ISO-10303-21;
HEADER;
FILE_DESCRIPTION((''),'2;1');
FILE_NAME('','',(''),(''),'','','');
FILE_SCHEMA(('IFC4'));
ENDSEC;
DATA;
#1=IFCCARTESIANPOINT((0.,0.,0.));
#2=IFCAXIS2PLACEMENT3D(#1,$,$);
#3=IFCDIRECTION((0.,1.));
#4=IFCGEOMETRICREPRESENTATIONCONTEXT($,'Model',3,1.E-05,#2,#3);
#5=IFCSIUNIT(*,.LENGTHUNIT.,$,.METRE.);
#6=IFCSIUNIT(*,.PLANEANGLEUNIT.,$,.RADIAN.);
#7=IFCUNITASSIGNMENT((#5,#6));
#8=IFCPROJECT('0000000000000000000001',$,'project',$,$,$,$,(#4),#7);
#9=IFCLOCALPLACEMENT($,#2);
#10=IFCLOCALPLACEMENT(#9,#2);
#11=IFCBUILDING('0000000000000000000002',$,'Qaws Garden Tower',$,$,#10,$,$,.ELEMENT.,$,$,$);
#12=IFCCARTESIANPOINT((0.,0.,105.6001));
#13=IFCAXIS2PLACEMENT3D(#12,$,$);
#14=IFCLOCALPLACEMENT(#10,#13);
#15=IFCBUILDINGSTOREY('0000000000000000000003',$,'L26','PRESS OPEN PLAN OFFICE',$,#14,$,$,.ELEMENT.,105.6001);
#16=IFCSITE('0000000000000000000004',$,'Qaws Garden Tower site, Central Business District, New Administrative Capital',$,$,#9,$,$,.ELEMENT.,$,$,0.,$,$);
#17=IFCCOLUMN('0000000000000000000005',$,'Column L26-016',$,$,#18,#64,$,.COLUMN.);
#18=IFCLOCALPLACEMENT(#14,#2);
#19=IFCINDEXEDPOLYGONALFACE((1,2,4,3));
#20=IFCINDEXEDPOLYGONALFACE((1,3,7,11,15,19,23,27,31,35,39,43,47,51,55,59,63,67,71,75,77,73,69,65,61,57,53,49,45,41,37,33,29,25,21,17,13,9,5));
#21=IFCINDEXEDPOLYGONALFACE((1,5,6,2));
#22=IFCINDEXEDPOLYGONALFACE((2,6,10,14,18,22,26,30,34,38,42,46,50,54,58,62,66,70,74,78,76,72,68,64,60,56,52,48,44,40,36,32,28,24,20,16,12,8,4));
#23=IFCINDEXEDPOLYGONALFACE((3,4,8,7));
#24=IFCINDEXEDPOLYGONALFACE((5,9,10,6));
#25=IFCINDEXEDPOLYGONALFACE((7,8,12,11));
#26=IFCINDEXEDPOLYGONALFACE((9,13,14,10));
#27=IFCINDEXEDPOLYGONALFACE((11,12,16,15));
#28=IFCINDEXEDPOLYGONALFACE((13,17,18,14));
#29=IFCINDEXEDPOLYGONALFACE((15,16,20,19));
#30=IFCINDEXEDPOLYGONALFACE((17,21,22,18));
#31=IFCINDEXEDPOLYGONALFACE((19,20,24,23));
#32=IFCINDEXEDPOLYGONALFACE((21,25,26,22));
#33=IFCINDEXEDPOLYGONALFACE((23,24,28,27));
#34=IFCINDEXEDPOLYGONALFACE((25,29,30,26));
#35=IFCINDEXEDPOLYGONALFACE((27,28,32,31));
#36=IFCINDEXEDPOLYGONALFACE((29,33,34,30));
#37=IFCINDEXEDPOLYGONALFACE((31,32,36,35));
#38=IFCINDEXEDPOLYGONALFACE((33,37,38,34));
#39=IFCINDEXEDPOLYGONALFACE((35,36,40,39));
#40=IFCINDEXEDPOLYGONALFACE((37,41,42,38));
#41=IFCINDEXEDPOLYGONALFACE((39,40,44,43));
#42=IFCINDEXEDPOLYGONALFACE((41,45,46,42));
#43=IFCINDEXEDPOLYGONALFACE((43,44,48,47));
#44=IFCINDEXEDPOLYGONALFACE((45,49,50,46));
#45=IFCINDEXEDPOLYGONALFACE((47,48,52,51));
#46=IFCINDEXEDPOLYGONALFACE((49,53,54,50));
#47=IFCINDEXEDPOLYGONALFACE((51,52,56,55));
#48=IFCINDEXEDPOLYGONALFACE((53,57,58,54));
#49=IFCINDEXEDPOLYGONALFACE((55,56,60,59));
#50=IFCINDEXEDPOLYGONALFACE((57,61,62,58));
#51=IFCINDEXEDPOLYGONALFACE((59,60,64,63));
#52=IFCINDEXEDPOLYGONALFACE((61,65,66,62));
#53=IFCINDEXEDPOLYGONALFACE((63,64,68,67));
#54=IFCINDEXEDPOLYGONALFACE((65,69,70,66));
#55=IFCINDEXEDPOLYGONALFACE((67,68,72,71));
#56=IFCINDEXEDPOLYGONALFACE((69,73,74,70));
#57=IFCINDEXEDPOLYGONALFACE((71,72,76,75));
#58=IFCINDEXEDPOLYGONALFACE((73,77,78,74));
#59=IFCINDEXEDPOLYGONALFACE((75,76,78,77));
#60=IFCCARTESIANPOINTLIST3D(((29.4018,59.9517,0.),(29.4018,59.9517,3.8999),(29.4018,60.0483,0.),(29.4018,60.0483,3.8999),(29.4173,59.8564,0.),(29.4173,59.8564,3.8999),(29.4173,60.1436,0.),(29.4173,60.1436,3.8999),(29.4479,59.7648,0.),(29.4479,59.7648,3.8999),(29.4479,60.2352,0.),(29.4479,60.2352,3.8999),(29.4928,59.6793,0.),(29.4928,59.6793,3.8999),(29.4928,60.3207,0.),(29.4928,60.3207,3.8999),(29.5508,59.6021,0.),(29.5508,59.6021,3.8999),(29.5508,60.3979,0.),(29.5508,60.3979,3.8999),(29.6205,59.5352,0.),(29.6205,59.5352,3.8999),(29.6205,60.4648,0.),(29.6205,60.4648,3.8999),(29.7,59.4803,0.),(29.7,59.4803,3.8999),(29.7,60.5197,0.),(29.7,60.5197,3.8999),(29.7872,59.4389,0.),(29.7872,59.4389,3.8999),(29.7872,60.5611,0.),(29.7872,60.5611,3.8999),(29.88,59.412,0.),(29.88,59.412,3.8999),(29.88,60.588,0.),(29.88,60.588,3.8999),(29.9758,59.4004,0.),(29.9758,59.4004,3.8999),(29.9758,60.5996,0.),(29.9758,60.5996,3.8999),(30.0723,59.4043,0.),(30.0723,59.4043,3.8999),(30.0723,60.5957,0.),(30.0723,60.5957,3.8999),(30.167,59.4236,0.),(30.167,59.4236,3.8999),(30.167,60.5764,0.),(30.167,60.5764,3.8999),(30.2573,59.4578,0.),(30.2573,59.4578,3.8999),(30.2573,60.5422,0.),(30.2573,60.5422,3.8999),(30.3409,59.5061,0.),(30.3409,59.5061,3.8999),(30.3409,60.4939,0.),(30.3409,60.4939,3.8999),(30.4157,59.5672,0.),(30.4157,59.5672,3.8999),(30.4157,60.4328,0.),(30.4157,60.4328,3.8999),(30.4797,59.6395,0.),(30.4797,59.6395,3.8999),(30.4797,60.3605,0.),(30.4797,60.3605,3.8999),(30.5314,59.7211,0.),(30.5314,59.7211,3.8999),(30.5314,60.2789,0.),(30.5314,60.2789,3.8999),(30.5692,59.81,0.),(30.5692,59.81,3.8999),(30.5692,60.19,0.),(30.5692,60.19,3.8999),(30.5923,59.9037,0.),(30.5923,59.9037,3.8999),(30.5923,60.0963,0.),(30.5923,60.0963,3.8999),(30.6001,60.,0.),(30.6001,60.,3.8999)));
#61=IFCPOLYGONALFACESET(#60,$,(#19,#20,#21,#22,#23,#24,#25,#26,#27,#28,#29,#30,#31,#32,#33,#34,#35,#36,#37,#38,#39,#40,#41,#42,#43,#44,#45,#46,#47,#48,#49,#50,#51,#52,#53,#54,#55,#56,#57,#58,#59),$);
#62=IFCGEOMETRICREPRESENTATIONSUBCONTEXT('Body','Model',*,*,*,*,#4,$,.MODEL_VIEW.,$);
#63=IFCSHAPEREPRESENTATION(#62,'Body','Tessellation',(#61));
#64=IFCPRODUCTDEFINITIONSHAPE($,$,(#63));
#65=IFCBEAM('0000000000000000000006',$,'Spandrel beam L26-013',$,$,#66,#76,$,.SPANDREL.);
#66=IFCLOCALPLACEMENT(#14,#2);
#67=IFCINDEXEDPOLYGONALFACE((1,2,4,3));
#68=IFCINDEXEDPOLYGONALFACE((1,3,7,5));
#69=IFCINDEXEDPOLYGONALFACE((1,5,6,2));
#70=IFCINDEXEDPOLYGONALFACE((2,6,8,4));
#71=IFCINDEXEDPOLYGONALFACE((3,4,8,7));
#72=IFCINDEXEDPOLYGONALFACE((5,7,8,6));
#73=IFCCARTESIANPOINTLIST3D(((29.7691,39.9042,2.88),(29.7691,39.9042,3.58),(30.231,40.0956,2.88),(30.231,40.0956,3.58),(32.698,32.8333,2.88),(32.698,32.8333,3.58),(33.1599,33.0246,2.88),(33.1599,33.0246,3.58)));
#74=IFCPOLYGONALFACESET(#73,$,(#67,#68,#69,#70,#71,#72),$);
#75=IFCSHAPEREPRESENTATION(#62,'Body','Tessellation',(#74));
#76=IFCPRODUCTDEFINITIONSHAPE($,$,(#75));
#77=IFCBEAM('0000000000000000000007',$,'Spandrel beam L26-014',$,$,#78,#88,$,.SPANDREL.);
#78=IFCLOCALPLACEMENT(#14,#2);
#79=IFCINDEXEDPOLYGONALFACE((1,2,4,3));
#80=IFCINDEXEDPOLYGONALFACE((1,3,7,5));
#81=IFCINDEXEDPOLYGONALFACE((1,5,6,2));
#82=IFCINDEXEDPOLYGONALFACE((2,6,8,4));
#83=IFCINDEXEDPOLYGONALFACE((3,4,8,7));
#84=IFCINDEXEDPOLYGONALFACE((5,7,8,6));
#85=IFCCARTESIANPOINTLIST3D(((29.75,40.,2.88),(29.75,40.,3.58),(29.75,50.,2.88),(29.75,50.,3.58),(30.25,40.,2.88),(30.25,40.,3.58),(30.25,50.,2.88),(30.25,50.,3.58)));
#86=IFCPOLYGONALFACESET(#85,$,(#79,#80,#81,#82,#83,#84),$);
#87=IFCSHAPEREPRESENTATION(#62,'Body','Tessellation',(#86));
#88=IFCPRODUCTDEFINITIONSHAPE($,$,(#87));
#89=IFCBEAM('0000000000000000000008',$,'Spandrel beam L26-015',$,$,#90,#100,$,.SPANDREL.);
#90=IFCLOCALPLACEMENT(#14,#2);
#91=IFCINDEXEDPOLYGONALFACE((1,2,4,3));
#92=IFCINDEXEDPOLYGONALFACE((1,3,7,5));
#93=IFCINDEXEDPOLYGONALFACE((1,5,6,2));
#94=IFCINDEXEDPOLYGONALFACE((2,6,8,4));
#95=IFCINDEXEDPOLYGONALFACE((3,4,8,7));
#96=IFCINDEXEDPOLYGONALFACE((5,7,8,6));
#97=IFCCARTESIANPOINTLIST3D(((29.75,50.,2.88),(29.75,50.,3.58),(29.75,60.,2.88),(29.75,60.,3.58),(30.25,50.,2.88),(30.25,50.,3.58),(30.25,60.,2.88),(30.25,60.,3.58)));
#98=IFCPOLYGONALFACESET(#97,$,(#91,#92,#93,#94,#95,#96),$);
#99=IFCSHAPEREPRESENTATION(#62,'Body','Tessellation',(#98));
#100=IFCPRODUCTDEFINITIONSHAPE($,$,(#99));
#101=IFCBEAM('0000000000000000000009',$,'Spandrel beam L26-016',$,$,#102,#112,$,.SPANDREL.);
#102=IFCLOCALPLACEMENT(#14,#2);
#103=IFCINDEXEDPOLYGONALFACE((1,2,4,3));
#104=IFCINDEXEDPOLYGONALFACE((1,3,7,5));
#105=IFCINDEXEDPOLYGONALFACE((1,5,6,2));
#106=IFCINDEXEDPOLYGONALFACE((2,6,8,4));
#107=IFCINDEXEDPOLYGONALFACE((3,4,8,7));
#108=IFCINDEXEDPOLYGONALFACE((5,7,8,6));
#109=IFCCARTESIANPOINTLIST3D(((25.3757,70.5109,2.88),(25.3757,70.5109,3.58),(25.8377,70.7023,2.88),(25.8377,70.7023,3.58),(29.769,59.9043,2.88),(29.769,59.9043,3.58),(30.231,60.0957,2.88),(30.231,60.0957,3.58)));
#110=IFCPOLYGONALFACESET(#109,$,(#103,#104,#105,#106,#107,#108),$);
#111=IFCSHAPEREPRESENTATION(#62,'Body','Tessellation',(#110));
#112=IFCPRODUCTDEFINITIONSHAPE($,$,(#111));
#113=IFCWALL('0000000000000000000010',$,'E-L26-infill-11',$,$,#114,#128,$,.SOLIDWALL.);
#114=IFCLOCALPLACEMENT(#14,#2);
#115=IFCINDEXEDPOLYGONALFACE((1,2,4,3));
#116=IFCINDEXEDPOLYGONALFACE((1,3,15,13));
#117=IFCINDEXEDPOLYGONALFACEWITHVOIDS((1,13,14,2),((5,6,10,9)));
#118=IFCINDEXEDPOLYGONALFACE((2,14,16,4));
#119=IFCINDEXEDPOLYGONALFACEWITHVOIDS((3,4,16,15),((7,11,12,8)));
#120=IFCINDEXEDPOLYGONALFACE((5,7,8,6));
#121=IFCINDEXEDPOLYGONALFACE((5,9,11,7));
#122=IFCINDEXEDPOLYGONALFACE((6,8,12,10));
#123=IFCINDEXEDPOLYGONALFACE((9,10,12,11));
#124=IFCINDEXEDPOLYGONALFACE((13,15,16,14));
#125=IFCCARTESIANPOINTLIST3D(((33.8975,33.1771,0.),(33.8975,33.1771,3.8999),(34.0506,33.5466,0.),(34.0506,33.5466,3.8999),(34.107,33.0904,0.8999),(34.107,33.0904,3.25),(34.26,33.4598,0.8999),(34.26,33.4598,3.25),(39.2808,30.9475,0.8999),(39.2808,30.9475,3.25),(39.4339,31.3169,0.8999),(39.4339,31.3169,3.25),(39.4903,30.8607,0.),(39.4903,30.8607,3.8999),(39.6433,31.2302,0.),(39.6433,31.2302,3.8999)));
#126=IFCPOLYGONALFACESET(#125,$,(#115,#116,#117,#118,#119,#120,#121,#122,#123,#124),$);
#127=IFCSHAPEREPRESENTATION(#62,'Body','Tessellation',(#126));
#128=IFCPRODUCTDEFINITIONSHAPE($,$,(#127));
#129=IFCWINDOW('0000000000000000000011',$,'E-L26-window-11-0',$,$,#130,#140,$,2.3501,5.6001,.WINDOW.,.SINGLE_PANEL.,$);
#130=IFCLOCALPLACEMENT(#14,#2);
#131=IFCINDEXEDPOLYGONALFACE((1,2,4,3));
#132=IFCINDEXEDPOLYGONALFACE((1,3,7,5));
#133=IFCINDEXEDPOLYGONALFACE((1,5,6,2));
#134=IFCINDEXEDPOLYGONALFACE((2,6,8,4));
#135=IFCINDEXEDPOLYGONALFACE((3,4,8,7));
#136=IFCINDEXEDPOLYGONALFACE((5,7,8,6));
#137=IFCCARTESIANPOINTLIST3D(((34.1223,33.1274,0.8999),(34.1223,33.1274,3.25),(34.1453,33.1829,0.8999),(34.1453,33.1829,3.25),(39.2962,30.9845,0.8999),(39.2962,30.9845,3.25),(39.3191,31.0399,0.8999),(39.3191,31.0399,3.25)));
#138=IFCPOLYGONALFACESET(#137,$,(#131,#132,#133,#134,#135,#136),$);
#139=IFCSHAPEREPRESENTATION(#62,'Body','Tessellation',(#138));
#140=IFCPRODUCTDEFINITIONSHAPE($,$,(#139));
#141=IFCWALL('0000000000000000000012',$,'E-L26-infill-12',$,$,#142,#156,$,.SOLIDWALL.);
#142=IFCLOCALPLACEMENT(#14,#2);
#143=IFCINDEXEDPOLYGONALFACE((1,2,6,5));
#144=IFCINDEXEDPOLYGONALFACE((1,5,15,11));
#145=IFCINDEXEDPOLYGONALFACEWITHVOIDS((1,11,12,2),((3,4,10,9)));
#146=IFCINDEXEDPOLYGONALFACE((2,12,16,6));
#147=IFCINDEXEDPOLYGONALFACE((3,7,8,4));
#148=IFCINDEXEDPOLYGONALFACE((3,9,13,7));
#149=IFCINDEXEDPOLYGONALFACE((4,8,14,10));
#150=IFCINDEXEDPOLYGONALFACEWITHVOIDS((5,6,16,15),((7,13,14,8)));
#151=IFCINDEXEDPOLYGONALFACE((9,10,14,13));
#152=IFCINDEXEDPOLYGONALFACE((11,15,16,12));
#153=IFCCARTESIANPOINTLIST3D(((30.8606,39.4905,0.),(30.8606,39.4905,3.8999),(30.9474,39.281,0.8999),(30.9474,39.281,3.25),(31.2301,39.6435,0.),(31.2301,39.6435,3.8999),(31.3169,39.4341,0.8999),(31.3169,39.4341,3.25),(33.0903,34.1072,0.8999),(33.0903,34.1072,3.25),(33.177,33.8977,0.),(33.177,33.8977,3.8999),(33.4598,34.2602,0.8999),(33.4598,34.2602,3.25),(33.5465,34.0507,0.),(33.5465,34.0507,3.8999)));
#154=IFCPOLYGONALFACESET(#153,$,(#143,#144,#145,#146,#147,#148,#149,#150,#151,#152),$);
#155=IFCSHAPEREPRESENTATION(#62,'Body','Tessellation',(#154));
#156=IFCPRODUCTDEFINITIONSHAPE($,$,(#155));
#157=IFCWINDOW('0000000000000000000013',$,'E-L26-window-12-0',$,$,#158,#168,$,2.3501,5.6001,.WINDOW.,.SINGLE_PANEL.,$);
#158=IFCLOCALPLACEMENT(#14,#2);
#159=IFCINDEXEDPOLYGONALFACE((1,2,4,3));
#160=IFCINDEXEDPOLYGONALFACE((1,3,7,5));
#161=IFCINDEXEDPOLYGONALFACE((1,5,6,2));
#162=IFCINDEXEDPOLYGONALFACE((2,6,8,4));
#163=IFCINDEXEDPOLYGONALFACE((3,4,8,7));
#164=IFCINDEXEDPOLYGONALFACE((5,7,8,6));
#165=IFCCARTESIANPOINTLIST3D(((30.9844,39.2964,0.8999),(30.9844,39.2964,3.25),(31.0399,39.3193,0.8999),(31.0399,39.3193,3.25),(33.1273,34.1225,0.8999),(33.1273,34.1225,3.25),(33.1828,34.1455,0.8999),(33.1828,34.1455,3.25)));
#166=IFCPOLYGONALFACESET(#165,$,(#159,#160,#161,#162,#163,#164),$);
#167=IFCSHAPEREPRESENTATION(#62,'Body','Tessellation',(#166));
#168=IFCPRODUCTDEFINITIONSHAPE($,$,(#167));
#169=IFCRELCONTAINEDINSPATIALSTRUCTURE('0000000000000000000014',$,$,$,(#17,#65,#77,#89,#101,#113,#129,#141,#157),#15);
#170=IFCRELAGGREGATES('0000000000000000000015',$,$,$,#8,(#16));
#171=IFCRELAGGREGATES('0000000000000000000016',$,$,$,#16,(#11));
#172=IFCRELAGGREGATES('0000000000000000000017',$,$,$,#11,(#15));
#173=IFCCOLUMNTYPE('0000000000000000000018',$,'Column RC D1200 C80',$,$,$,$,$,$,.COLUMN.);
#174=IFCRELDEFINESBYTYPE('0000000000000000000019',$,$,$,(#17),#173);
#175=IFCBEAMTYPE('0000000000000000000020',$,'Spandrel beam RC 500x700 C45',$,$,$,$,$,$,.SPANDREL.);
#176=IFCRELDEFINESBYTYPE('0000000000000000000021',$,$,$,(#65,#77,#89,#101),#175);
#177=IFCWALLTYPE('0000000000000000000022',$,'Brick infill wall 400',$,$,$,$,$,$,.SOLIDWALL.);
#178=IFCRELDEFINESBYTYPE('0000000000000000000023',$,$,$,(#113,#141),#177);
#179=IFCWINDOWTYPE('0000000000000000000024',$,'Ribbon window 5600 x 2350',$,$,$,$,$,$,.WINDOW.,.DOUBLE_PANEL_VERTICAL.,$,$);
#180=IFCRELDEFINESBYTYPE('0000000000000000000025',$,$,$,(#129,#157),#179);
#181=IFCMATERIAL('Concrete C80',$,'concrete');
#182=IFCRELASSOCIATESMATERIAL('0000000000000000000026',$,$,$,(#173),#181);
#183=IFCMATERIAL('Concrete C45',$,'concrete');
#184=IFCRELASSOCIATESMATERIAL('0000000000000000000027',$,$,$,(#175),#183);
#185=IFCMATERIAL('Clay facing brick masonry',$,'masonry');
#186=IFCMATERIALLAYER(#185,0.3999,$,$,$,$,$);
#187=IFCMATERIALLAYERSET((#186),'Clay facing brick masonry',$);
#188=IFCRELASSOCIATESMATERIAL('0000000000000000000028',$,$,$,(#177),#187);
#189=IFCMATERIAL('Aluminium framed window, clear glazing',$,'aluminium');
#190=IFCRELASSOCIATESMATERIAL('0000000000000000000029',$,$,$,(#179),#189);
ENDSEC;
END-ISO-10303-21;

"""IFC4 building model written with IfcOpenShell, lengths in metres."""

from ifc_helpers import new_model, si_unit, direction, frame, frame_2d, origin, origin_2d, place, context, subcontext, project, spatial, rectangle, circle, extrude, material, layer, layer_set, material_profile, profile_set, type_object, element, fill, save


model = new_model("IFC4")

# Units and contexts
model_context = context("Model", 3, precision=1e-05, world=origin(), true_north=direction((0.0, 1.0)))
body_context = subcontext(model_context, "Body", "Model", "MODEL_VIEW")
ifc_project = project(units=[si_unit("LENGTHUNIT", "METRE"), si_unit("PLANEANGLEUNIT", "RADIAN")], contexts=[model_context])

# Site, building, storey
site_placement = place(None, origin())
site = spatial("IfcSite", under=ifc_project, at=site_placement, Name="Qaws Garden Tower site, Central Business District, New Administrative Capital", CompositionType="ELEMENT", RefElevation=0.0)
building_placement = place(site_placement, origin())
building = spatial("IfcBuilding", under=site, at=building_placement, Name="Qaws Garden Tower", CompositionType="ELEMENT")
storey_placement = place(building_placement, frame((0.0, 0.0, 105.6001)))
storey = spatial("IfcBuildingStorey", under=building, at=storey_placement, Name="L26", Description="PRESS OPEN PLAN OFFICE", CompositionType="ELEMENT", Elevation=105.6001)

# Column
ifc_material_1 = material(Name="Concrete C80", Category="concrete")
ifc_material_profile_1 = material_profile(ifc_material_1, circle(Radius=0.6001, at=origin_2d()), Name="RC D1200")
ifc_profile_set_1 = profile_set([ifc_material_profile_1], Name="Concrete C80")
column_type_1 = type_object("IfcColumnType", Name="Column RC D1200 C80", PredefinedType="COLUMN", material=ifc_profile_set_1)
for number, where, z_axis, x_axis, name in (
    (1, (30.0, 60.0, 0.0), (0.0, 0.0, 1.0), (1.0, 0.0, 0.0), "Column L26-016"),
):
    element("IfcColumn", number, at=place(storey_placement, frame(where, z_axis=z_axis, x_axis=x_axis)), inside=storey, type_object=column_type_1, Name=name, PredefinedType="COLUMN", context=body_context, shape_type="SweptSolid", body=[
        extrude(circle(Radius=0.6001, at=origin_2d()), origin(), (0.0, 0.0, 1.0), 3.8999),
    ])

# Beams
ifc_material_2 = material(Name="Concrete C45", Category="concrete")
ifc_material_profile_2 = material_profile(ifc_material_2, rectangle(XDim=0.5, YDim=0.7, at=origin_2d()), Name="RC 500x700")
ifc_profile_set_2 = profile_set([ifc_material_profile_2], Name="Concrete C45")
beam_type = type_object("IfcBeamType", Name="Spandrel beam RC 500x700 C45", PredefinedType="SPANDREL", material=ifc_profile_set_2)
beam_1_placement = place(storey_placement, frame((32.929, 32.929, 3.23), z_axis=(-0.382687, 0.923878, 0.0), x_axis=(-0.923878, -0.382687, 0.0)))
element("IfcBeam", 2, at=beam_1_placement, inside=storey, type_object=beam_type, Name="Spandrel beam L26-013", PredefinedType="SPANDREL", context=body_context, shape_type="SweptSolid", body=[
    extrude(rectangle(XDim=0.5, YDim=0.7, at=origin_2d()), origin(), (0.0, 0.0, 1.0), 7.6536),
])
for number, where, z_axis, x_axis, name in (
    (3, (30.0, 40.0, 3.23), (0.0, 1.0, 0.0), (-1.0, 0.0, 0.0), "Spandrel beam L26-014"),
    (4, (30.0, 50.0, 3.23), (0.0, 1.0, 0.0), (-1.0, 0.0, 0.0), "Spandrel beam L26-015"),
):
    element("IfcBeam", number, at=place(storey_placement, frame(where, z_axis=z_axis, x_axis=x_axis)), inside=storey, type_object=beam_type, Name=name, PredefinedType="SPANDREL", context=body_context, shape_type="SweptSolid", body=[
        extrude(rectangle(XDim=0.5, YDim=0.7, at=origin_2d()), origin(), (0.0, 0.0, 1.0), 10.0),
    ])
beam_2_placement = place(storey_placement, frame((30.0, 60.0, 3.23), z_axis=(-0.382674, 0.923883, 0.0), x_axis=(-0.923883, -0.382674, 0.0)))
element("IfcBeam", 5, at=beam_2_placement, inside=storey, type_object=beam_type, Name="Spandrel beam L26-016", PredefinedType="SPANDREL", context=body_context, shape_type="SweptSolid", body=[
    extrude(rectangle(XDim=0.5, YDim=0.7, at=origin_2d()), origin(), (0.0, 0.0, 1.0), 11.4805),
])

# Walls, openings, windows
ifc_material_3 = material(Name="Clay facing brick masonry", Category="masonry")
ifc_layer_1 = layer(ifc_material_3, 0.3999)
ifc_layer_set_1 = layer_set([ifc_layer_1], Name="Clay facing brick masonry")
wall_type_1 = type_object("IfcWallType", Name="Brick infill wall 400", PredefinedType="SOLIDWALL", material=ifc_layer_set_1)
wall_1_placement = place(storey_placement, frame((39.5669, 31.0454, 0.0), z_axis=(0.0, 0.0, 1.0), x_axis=(-0.923891, 0.382656, 0.0)))
wall_1 = element("IfcWall", 6, at=wall_1_placement, inside=storey, type_object=wall_type_1, Name="E-L26-infill-11", PredefinedType="SOLIDWALL", context=body_context, shape_type="SweptSolid", body=[
    extrude(rectangle(XDim=6.0535, YDim=0.3999, at=frame_2d((3.0269, 0.0))), origin(), (0.0, 0.0, 1.0), 3.8999),
])
opening_1_placement = place(wall_1_placement, frame((0.2268, 0.0, 0.8999)))
opening_1 = element("IfcOpeningElement", 7, at=opening_1_placement, cuts=wall_1, PredefinedType="OPENING", context=body_context, shape_type="SweptSolid", body=[
    extrude(rectangle(XDim=5.6001, YDim=2.3501, at=frame_2d((2.8, 1.175))), frame((0.0, 0.21, 0.0), z_axis=(0.0, -1.0, 0.0), x_axis=(1.0, 0.0, 0.0)), (0.0, 0.0, 1.0), 0.4199),
])
ifc_material_4 = material(Name="Aluminium framed window, clear glazing", Category="aluminium")
window_type_1 = type_object("IfcWindowType", Name="Ribbon window 5600 x 2350", PartitioningType="DOUBLE_PANEL_VERTICAL", PredefinedType="WINDOW", material=ifc_material_4)
window_1_placement = place(opening_1_placement, origin())
window_1 = element("IfcWindow", 8, at=window_1_placement, inside=storey, type_object=window_type_1, Name="E-L26-window-11-0", OverallHeight=2.3501, OverallWidth=5.6001, PartitioningType="SINGLE_PANEL", PredefinedType="WINDOW", context=body_context, shape_type="SweptSolid", body=[
    extrude(rectangle(XDim=5.6001, YDim=2.3501, at=frame_2d((2.8, 1.175))), frame((0.0, 0.1599, 0.0), z_axis=(0.0, -1.0, 0.0), x_axis=(1.0, 0.0, 0.0)), (0.0, 0.0, 1.0), 0.0601),
])
fill(opening_1, window_1)
wall_2_placement = place(storey_placement, frame((33.3618, 33.9741, 0.0), z_axis=(0.0, 0.0, 1.0), x_axis=(-0.382656, 0.923891, 0.0)))
wall_2 = element("IfcWall", 9, at=wall_2_placement, inside=storey, type_object=wall_type_1, Name="E-L26-infill-12", PredefinedType="SOLIDWALL", context=body_context, shape_type="SweptSolid", body=[
    extrude(rectangle(XDim=6.0535, YDim=0.3999, at=frame_2d((3.0269, 0.0))), origin(), (0.0, 0.0, 1.0), 3.8999),
])
opening_2_placement = place(wall_2_placement, frame((0.2268, 0.0, 0.8999)))
opening_2 = element("IfcOpeningElement", 10, at=opening_2_placement, cuts=wall_2, PredefinedType="OPENING", context=body_context, shape_type="SweptSolid", body=[
    extrude(rectangle(XDim=5.6001, YDim=2.3501, at=frame_2d((2.8, 1.175))), frame((0.0, 0.21, 0.0), z_axis=(0.0, -1.0, 0.0), x_axis=(1.0, 0.0, 0.0)), (0.0, 0.0, 1.0), 0.4199),
])
window_2_placement = place(opening_2_placement, origin())
window_2 = element("IfcWindow", 11, at=window_2_placement, inside=storey, type_object=window_type_1, Name="E-L26-window-12-0", OverallHeight=2.3501, OverallWidth=5.6001, PartitioningType="SINGLE_PANEL", PredefinedType="WINDOW", context=body_context, shape_type="SweptSolid", body=[
    extrude(rectangle(XDim=5.6001, YDim=2.3501, at=frame_2d((2.8, 1.175))), frame((0.0, 0.1599, 0.0), z_axis=(0.0, -1.0, 0.0), x_axis=(1.0, 0.0, 0.0)), (0.0, 0.0, 1.0), 0.0601),
])
fill(opening_2, window_2)

save(model, "model.ifc")
